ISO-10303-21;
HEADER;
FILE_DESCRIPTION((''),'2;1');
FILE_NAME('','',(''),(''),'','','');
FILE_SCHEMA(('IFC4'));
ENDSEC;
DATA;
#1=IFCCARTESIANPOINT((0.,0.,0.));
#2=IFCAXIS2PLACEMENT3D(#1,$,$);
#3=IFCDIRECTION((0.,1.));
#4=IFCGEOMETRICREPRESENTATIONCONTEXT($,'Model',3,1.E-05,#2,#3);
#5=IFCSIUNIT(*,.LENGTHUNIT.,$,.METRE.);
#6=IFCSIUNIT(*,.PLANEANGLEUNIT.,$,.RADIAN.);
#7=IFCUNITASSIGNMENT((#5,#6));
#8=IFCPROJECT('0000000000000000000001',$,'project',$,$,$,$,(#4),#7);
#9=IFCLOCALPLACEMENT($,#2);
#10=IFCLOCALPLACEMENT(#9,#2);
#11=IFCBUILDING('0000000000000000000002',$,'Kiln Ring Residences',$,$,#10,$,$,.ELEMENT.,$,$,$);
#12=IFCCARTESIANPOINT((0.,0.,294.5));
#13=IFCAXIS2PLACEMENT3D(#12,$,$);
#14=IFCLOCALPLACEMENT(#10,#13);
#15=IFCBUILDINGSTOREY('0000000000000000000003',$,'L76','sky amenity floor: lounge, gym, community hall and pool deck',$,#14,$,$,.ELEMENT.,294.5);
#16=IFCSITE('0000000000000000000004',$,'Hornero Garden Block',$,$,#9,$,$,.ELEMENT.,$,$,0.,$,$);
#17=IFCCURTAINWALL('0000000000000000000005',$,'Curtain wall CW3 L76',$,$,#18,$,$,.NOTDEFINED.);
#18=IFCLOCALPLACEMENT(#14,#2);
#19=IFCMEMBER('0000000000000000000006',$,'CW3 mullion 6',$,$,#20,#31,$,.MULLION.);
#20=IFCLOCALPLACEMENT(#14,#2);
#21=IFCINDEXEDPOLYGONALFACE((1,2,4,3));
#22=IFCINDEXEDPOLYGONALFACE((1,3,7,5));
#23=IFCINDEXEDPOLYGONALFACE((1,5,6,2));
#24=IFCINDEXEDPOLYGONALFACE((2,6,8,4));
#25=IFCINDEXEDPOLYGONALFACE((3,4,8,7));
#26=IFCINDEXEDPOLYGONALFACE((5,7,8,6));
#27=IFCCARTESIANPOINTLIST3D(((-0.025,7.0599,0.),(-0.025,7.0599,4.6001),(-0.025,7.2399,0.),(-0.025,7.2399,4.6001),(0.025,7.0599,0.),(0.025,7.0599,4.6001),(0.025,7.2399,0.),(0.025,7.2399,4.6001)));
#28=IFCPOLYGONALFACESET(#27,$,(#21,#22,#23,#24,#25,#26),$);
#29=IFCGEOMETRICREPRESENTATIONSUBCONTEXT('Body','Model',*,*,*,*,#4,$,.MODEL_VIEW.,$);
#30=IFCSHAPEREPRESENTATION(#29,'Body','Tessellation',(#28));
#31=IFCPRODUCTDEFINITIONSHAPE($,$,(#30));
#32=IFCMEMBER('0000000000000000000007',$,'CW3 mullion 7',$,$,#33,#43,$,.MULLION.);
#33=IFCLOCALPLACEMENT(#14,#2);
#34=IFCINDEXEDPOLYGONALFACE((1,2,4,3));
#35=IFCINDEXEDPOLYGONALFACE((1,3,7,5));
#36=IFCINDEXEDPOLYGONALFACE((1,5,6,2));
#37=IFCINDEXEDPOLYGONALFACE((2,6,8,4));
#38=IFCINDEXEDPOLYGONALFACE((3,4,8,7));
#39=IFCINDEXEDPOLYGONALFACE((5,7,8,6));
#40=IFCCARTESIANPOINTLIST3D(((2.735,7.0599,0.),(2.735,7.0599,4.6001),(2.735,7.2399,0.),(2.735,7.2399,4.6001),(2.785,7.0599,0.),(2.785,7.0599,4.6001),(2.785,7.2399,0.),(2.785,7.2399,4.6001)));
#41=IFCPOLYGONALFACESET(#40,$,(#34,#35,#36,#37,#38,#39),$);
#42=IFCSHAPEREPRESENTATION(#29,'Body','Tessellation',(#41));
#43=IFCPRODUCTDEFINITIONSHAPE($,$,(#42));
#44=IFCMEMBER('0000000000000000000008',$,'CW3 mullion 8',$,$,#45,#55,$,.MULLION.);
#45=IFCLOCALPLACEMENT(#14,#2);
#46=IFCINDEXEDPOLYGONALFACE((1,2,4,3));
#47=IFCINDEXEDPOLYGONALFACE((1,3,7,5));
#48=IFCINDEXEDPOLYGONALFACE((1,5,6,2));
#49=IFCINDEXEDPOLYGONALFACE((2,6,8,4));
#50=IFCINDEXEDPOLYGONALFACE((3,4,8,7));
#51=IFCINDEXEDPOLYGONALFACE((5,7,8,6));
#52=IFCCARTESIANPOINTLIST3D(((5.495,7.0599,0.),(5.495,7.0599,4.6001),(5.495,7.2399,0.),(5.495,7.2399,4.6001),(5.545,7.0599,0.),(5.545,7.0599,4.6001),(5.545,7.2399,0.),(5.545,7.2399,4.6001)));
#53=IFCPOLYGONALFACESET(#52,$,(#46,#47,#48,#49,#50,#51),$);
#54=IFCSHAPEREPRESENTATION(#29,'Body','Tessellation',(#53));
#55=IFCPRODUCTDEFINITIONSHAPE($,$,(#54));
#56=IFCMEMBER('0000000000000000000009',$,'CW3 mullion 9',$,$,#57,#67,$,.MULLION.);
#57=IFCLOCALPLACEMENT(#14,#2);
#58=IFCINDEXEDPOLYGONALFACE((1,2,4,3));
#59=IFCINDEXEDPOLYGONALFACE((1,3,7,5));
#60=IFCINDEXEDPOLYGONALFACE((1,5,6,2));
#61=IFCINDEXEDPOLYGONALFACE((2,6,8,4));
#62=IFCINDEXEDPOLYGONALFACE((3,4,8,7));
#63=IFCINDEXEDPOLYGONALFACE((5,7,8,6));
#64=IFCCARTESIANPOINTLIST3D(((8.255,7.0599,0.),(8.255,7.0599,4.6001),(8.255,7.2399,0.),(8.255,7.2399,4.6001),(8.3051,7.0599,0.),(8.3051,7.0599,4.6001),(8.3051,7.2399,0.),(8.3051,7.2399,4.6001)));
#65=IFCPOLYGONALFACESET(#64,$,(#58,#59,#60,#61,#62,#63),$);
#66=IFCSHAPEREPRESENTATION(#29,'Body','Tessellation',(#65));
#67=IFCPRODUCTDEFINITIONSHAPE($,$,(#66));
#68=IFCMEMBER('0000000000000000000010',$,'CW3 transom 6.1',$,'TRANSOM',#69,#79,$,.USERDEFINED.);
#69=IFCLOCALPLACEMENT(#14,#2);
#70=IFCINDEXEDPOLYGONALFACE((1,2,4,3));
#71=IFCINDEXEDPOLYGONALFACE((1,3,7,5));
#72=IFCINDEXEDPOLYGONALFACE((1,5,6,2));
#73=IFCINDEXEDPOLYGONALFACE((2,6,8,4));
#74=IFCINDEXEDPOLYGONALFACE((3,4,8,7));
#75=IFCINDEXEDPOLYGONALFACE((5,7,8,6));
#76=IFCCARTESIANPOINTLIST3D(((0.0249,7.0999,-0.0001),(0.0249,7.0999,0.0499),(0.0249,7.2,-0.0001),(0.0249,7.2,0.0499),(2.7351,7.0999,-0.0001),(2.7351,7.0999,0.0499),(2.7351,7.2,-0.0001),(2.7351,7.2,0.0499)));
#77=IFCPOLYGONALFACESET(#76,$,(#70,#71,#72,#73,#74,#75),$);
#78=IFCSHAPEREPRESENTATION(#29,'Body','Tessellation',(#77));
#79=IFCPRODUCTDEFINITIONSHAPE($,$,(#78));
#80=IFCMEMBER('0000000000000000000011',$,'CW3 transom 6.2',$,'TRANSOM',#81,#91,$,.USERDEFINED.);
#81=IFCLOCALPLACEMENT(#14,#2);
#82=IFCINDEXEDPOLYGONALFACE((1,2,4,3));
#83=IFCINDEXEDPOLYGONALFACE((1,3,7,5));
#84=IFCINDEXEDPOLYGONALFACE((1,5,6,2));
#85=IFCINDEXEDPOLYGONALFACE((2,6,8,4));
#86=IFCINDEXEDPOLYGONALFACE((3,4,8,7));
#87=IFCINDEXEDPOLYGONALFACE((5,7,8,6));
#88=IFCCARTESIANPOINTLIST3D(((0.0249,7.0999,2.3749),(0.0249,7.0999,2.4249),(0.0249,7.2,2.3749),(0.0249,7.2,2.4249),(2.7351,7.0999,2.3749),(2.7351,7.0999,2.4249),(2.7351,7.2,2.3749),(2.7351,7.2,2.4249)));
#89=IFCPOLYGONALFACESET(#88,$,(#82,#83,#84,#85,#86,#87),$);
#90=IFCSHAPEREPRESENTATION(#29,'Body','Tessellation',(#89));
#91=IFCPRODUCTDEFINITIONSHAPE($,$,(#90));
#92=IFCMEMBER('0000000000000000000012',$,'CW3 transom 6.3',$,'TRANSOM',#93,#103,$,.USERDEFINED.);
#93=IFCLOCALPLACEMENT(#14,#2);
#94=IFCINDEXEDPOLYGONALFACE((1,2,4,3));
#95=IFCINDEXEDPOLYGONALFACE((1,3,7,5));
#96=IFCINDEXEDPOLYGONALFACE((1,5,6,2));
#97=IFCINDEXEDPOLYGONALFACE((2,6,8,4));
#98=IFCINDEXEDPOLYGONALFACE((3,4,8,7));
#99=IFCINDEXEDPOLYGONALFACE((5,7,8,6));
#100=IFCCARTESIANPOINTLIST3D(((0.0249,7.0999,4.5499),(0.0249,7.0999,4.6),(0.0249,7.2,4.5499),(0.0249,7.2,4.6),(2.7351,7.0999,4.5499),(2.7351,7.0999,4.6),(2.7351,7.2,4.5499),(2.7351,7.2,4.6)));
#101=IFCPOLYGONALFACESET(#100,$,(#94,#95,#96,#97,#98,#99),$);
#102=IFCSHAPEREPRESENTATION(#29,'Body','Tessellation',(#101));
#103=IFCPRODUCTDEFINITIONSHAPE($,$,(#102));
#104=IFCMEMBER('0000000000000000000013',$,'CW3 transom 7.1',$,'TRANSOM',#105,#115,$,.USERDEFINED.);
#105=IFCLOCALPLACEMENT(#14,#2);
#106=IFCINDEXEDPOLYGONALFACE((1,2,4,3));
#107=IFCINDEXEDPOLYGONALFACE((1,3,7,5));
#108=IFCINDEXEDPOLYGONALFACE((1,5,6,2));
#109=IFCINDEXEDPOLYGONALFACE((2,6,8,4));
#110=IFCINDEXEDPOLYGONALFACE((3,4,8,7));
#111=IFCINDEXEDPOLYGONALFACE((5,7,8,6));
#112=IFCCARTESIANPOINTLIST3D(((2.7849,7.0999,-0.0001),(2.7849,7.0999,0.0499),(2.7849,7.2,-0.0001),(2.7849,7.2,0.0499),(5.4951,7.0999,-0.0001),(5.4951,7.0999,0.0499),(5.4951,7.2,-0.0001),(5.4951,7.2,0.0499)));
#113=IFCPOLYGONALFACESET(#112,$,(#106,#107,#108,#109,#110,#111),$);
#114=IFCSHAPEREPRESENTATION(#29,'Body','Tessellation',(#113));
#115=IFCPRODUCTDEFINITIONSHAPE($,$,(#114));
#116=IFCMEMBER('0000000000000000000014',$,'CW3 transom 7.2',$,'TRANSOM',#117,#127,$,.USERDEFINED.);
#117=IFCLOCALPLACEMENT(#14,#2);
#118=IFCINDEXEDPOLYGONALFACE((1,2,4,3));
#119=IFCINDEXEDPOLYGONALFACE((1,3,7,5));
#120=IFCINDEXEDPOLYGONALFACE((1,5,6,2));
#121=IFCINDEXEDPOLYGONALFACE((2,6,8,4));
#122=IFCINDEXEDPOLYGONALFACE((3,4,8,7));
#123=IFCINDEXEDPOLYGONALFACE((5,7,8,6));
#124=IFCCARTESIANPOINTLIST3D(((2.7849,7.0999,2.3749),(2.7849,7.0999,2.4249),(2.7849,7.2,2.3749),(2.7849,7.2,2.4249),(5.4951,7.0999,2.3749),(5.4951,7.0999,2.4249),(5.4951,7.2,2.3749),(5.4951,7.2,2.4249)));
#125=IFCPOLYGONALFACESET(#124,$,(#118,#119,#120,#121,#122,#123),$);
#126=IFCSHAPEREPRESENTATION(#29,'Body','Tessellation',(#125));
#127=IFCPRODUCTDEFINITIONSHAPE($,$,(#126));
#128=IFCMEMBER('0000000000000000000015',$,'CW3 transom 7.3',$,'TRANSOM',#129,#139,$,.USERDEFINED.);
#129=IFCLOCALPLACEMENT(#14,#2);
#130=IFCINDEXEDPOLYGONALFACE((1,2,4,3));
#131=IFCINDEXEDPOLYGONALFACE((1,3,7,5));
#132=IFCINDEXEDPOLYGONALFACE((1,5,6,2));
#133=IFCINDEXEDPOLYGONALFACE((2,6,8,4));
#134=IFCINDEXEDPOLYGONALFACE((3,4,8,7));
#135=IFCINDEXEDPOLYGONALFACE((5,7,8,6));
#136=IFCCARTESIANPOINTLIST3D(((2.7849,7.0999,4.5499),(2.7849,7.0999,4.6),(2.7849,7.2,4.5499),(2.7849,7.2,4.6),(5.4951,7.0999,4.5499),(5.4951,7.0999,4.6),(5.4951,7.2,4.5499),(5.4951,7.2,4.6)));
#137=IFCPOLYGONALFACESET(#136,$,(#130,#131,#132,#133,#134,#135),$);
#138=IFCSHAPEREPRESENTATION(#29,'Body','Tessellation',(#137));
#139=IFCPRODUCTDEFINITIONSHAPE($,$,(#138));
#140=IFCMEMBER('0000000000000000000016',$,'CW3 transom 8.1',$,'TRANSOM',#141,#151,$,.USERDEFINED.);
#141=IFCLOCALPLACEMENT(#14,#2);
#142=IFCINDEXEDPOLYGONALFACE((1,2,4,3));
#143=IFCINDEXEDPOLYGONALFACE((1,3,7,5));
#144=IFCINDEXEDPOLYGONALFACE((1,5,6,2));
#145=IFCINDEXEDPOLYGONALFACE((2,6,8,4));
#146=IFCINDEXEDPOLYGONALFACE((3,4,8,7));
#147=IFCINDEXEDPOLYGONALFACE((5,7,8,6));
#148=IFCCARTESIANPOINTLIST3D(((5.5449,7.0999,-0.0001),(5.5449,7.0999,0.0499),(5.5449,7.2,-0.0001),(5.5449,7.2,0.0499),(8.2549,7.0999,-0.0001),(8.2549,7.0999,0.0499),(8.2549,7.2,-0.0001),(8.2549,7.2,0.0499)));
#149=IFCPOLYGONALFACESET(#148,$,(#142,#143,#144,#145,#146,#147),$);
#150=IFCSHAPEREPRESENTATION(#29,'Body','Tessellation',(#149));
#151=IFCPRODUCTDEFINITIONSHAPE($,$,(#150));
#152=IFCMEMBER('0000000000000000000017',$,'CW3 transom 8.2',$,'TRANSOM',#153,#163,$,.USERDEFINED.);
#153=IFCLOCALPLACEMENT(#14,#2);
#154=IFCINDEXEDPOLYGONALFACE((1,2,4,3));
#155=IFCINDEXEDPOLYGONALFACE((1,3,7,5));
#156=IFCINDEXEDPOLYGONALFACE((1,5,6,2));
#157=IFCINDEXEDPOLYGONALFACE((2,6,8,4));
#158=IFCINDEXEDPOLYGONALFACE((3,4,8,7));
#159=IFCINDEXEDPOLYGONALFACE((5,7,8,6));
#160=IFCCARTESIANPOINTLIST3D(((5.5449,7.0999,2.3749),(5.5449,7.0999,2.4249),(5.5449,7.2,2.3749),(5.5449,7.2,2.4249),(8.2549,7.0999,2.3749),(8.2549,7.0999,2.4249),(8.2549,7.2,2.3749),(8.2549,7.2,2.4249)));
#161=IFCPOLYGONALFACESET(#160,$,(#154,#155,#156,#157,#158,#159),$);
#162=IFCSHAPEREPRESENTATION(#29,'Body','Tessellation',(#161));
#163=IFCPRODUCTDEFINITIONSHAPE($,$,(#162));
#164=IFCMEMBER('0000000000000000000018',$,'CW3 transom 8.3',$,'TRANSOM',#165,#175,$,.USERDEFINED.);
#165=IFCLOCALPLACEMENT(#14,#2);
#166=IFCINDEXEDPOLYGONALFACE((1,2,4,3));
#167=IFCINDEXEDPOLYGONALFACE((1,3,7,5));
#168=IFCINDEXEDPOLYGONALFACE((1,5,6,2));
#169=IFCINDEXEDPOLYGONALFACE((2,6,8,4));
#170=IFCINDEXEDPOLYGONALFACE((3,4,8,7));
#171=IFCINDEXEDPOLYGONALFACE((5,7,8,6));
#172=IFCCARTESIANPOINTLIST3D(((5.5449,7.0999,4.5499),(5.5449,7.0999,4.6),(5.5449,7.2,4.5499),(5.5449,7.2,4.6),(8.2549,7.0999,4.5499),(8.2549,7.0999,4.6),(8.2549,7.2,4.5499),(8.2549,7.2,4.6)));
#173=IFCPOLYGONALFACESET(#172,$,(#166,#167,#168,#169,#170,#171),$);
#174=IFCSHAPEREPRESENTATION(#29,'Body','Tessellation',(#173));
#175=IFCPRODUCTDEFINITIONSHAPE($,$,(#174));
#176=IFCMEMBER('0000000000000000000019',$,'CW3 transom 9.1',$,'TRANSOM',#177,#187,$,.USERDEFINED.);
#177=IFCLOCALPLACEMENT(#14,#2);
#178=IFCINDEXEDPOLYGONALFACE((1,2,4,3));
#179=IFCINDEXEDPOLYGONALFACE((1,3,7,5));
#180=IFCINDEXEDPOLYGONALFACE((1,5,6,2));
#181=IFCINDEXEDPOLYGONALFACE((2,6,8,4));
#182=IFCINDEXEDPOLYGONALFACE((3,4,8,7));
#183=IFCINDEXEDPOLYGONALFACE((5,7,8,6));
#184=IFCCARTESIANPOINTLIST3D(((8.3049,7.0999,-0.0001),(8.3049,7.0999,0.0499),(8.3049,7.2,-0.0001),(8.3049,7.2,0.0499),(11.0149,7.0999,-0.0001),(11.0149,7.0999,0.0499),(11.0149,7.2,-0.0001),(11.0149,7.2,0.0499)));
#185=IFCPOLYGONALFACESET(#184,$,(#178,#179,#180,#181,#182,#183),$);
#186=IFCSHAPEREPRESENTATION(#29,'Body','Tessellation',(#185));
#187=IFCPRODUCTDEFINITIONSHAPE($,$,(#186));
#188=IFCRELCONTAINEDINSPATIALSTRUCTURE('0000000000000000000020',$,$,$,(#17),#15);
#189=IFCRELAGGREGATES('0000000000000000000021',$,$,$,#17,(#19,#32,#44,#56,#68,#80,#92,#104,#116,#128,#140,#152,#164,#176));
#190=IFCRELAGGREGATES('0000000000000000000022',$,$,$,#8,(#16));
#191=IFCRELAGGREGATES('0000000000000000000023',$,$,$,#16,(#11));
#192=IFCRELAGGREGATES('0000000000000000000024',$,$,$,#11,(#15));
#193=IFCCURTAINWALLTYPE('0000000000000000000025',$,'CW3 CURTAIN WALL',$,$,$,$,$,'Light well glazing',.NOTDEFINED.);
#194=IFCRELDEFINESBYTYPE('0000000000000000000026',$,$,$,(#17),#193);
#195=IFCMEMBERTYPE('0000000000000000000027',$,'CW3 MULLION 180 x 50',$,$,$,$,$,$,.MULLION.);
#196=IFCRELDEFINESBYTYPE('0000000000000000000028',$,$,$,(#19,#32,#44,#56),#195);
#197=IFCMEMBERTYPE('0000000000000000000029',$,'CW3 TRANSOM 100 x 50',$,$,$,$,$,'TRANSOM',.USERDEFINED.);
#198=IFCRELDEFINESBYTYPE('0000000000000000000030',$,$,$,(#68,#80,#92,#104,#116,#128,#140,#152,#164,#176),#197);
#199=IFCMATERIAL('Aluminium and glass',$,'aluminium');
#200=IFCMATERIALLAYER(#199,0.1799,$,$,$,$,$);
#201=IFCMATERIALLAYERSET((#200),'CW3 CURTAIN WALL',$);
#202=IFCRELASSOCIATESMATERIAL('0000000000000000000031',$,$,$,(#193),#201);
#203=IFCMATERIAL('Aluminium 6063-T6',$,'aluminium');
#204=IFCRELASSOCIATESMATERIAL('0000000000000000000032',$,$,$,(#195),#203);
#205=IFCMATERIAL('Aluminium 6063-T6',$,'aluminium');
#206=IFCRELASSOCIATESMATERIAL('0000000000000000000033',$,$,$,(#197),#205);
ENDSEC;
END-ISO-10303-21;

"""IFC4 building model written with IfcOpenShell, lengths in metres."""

from ifc_helpers import new_model, si_unit, direction, frame, origin, origin_2d, place, context, subcontext, project, spatial, rectangle, extrude, material, layer, layer_set, material_profile, profile_set, type_object, element, aggregate, save


model = new_model("IFC4")

# Units and contexts
model_context = context("Model", 3, precision=1e-05, world=origin(), true_north=direction((0.0, 1.0)))
body_context = subcontext(model_context, "Body", "Model", "MODEL_VIEW")
ifc_project = project(units=[si_unit("LENGTHUNIT", "METRE"), si_unit("PLANEANGLEUNIT", "RADIAN")], contexts=[model_context])

# Site, building, storey
site_placement = place(None, origin())
site = spatial("IfcSite", under=ifc_project, at=site_placement, Name="Hornero Garden Block", CompositionType="ELEMENT", RefElevation=0.0)
building_placement = place(site_placement, origin())
building = spatial("IfcBuilding", under=site, at=building_placement, Name="Kiln Ring Residences", CompositionType="ELEMENT")
storey_placement = place(building_placement, frame((0.0, 0.0, 294.5)))
storey = spatial("IfcBuildingStorey", under=building, at=storey_placement, Name="L76", Description="sky amenity floor: lounge, gym, community hall and pool deck", CompositionType="ELEMENT", Elevation=294.5)

# Curtain wall, members
ifc_material_1 = material(Name="Aluminium and glass", Category="aluminium")
ifc_layer_1 = layer(ifc_material_1, 0.1799)
ifc_layer_set_1 = layer_set([ifc_layer_1], Name="CW3 CURTAIN WALL")
curtain_wall_type = type_object("IfcCurtainWallType", Name="CW3 CURTAIN WALL", ElementType="Light well glazing", PredefinedType="NOTDEFINED", material=ifc_layer_set_1)
placement = place(storey_placement, origin())
curtain_wall = element("IfcCurtainWall", 1, at=placement, inside=storey, type_object=curtain_wall_type, Name="Curtain wall CW3 L76", PredefinedType="NOTDEFINED")
ifc_material_2 = material(Name="Aluminium 6063-T6", Category="aluminium")
ifc_material_profile_1 = material_profile(ifc_material_2, rectangle(XDim=0.1799, YDim=0.05, at=origin_2d()), Name="AL 180x50")
ifc_profile_set_1 = profile_set([ifc_material_profile_1], Name="Aluminium 6063-T6")
member_type_1 = type_object("IfcMemberType", Name="CW3 MULLION 180 x 50", PredefinedType="MULLION", material=ifc_profile_set_1)
member_1_placement = place(storey_placement, frame((0.0, 7.1499, 0.0), z_axis=(0.0, 0.0, 1.0), x_axis=(0.0, 1.0, 0.0)))
member_1 = element("IfcMember", 2, at=member_1_placement, type_object=member_type_1, Name="CW3 mullion 6", PredefinedType="MULLION", context=body_context, shape_type="SweptSolid", body=[
    extrude(rectangle(XDim=0.1799, YDim=0.05, at=origin_2d()), origin(), (0.0, 0.0, 1.0), 4.6001),
])
member_2_placement = place(storey_placement, frame((2.76, 7.1499, 0.0), z_axis=(0.0, 0.0, 1.0), x_axis=(0.0, 1.0, 0.0)))
member_2 = element("IfcMember", 3, at=member_2_placement, type_object=member_type_1, Name="CW3 mullion 7", PredefinedType="MULLION", context=body_context, shape_type="SweptSolid", body=[
    extrude(rectangle(XDim=0.1799, YDim=0.05, at=origin_2d()), origin(), (0.0, 0.0, 1.0), 4.6001),
])
member_3_placement = place(storey_placement, frame((5.52, 7.1499, 0.0), z_axis=(0.0, 0.0, 1.0), x_axis=(0.0, 1.0, 0.0)))
member_3 = element("IfcMember", 4, at=member_3_placement, type_object=member_type_1, Name="CW3 mullion 8", PredefinedType="MULLION", context=body_context, shape_type="SweptSolid", body=[
    extrude(rectangle(XDim=0.1799, YDim=0.05, at=origin_2d()), origin(), (0.0, 0.0, 1.0), 4.6001),
])
member_4_placement = place(storey_placement, frame((8.28, 7.1499, 0.0), z_axis=(0.0, 0.0, 1.0), x_axis=(0.0, 1.0, 0.0)))
member_4 = element("IfcMember", 5, at=member_4_placement, type_object=member_type_1, Name="CW3 mullion 9", PredefinedType="MULLION", context=body_context, shape_type="SweptSolid", body=[
    extrude(rectangle(XDim=0.1799, YDim=0.05, at=origin_2d()), origin(), (0.0, 0.0, 1.0), 4.6001),
])
ifc_material_3 = material(Name="Aluminium 6063-T6", Category="aluminium")
ifc_material_profile_2 = material_profile(ifc_material_3, rectangle(XDim=0.1001, YDim=0.05, at=origin_2d()), Name="AL 100x50")
ifc_profile_set_2 = profile_set([ifc_material_profile_2], Name="Aluminium 6063-T6")
member_type_2 = type_object("IfcMemberType", Name="CW3 TRANSOM 100 x 50", ElementType="TRANSOM", PredefinedType="USERDEFINED", material=ifc_profile_set_2)
member_5_placement = place(storey_placement, frame((0.0249, 7.1499, 0.0249), z_axis=(1.0, 0.0, 0.0), x_axis=(0.0, 1.0, 0.0)))
member_5 = element("IfcMember", 6, at=member_5_placement, type_object=member_type_2, Name="CW3 transom 6.1", ObjectType="TRANSOM", PredefinedType="USERDEFINED", context=body_context, shape_type="SweptSolid", body=[
    extrude(rectangle(XDim=0.1001, YDim=0.05, at=origin_2d()), origin(), (0.0, 0.0, 1.0), 2.7102),
])
member_6_placement = place(storey_placement, frame((0.0249, 7.1499, 2.3999), z_axis=(1.0, 0.0, 0.0), x_axis=(0.0, 1.0, 0.0)))
member_6 = element("IfcMember", 7, at=member_6_placement, type_object=member_type_2, Name="CW3 transom 6.2", ObjectType="TRANSOM", PredefinedType="USERDEFINED", context=body_context, shape_type="SweptSolid", body=[
    extrude(rectangle(XDim=0.1001, YDim=0.05, at=origin_2d()), origin(), (0.0, 0.0, 1.0), 2.7102),
])
member_7_placement = place(storey_placement, frame((0.0249, 7.1499, 4.575), z_axis=(1.0, 0.0, 0.0), x_axis=(0.0, 1.0, 0.0)))
member_7 = element("IfcMember", 8, at=member_7_placement, type_object=member_type_2, Name="CW3 transom 6.3", ObjectType="TRANSOM", PredefinedType="USERDEFINED", context=body_context, shape_type="SweptSolid", body=[
    extrude(rectangle(XDim=0.1001, YDim=0.05, at=origin_2d()), origin(), (0.0, 0.0, 1.0), 2.7102),
])
member_8_placement = place(storey_placement, frame((2.7849, 7.1499, 0.0249), z_axis=(1.0, 0.0, 0.0), x_axis=(0.0, 1.0, 0.0)))
member_8 = element("IfcMember", 9, at=member_8_placement, type_object=member_type_2, Name="CW3 transom 7.1", ObjectType="TRANSOM", PredefinedType="USERDEFINED", context=body_context, shape_type="SweptSolid", body=[
    extrude(rectangle(XDim=0.1001, YDim=0.05, at=origin_2d()), origin(), (0.0, 0.0, 1.0), 2.7102),
])
member_9_placement = place(storey_placement, frame((2.7849, 7.1499, 2.3999), z_axis=(1.0, 0.0, 0.0), x_axis=(0.0, 1.0, 0.0)))
member_9 = element("IfcMember", 10, at=member_9_placement, type_object=member_type_2, Name="CW3 transom 7.2", ObjectType="TRANSOM", PredefinedType="USERDEFINED", context=body_context, shape_type="SweptSolid", body=[
    extrude(rectangle(XDim=0.1001, YDim=0.05, at=origin_2d()), origin(), (0.0, 0.0, 1.0), 2.7102),
])
member_10_placement = place(storey_placement, frame((2.7849, 7.1499, 4.575), z_axis=(1.0, 0.0, 0.0), x_axis=(0.0, 1.0, 0.0)))
member_10 = element("IfcMember", 11, at=member_10_placement, type_object=member_type_2, Name="CW3 transom 7.3", ObjectType="TRANSOM", PredefinedType="USERDEFINED", context=body_context, shape_type="SweptSolid", body=[
    extrude(rectangle(XDim=0.1001, YDim=0.05, at=origin_2d()), origin(), (0.0, 0.0, 1.0), 2.7102),
])
member_11_placement = place(storey_placement, frame((5.5449, 7.1499, 0.0249), z_axis=(1.0, 0.0, 0.0), x_axis=(0.0, 1.0, 0.0)))
member_11 = element("IfcMember", 12, at=member_11_placement, type_object=member_type_2, Name="CW3 transom 8.1", ObjectType="TRANSOM", PredefinedType="USERDEFINED", context=body_context, shape_type="SweptSolid", body=[
    extrude(rectangle(XDim=0.1001, YDim=0.05, at=origin_2d()), origin(), (0.0, 0.0, 1.0), 2.71),
])
member_12_placement = place(storey_placement, frame((5.5449, 7.1499, 2.3999), z_axis=(1.0, 0.0, 0.0), x_axis=(0.0, 1.0, 0.0)))
member_12 = element("IfcMember", 13, at=member_12_placement, type_object=member_type_2, Name="CW3 transom 8.2", ObjectType="TRANSOM", PredefinedType="USERDEFINED", context=body_context, shape_type="SweptSolid", body=[
    extrude(rectangle(XDim=0.1001, YDim=0.05, at=origin_2d()), origin(), (0.0, 0.0, 1.0), 2.71),
])
member_13_placement = place(storey_placement, frame((5.5449, 7.1499, 4.575), z_axis=(1.0, 0.0, 0.0), x_axis=(0.0, 1.0, 0.0)))
member_13 = element("IfcMember", 14, at=member_13_placement, type_object=member_type_2, Name="CW3 transom 8.3", ObjectType="TRANSOM", PredefinedType="USERDEFINED", context=body_context, shape_type="SweptSolid", body=[
    extrude(rectangle(XDim=0.1001, YDim=0.05, at=origin_2d()), origin(), (0.0, 0.0, 1.0), 2.71),
])
member_14_placement = place(storey_placement, frame((8.3049, 7.1499, 0.0249), z_axis=(1.0, 0.0, 0.0), x_axis=(0.0, 1.0, 0.0)))
member_14 = element("IfcMember", 15, at=member_14_placement, type_object=member_type_2, Name="CW3 transom 9.1", ObjectType="TRANSOM", PredefinedType="USERDEFINED", context=body_context, shape_type="SweptSolid", body=[
    extrude(rectangle(XDim=0.1001, YDim=0.05, at=origin_2d()), origin(), (0.0, 0.0, 1.0), 2.71),
])

aggregate(curtain_wall, [member_1, member_2, member_3, member_4, member_5, member_6, member_7, member_8, member_9, member_10, member_11, member_12, member_13, member_14])

save(model, "model.ifc")
